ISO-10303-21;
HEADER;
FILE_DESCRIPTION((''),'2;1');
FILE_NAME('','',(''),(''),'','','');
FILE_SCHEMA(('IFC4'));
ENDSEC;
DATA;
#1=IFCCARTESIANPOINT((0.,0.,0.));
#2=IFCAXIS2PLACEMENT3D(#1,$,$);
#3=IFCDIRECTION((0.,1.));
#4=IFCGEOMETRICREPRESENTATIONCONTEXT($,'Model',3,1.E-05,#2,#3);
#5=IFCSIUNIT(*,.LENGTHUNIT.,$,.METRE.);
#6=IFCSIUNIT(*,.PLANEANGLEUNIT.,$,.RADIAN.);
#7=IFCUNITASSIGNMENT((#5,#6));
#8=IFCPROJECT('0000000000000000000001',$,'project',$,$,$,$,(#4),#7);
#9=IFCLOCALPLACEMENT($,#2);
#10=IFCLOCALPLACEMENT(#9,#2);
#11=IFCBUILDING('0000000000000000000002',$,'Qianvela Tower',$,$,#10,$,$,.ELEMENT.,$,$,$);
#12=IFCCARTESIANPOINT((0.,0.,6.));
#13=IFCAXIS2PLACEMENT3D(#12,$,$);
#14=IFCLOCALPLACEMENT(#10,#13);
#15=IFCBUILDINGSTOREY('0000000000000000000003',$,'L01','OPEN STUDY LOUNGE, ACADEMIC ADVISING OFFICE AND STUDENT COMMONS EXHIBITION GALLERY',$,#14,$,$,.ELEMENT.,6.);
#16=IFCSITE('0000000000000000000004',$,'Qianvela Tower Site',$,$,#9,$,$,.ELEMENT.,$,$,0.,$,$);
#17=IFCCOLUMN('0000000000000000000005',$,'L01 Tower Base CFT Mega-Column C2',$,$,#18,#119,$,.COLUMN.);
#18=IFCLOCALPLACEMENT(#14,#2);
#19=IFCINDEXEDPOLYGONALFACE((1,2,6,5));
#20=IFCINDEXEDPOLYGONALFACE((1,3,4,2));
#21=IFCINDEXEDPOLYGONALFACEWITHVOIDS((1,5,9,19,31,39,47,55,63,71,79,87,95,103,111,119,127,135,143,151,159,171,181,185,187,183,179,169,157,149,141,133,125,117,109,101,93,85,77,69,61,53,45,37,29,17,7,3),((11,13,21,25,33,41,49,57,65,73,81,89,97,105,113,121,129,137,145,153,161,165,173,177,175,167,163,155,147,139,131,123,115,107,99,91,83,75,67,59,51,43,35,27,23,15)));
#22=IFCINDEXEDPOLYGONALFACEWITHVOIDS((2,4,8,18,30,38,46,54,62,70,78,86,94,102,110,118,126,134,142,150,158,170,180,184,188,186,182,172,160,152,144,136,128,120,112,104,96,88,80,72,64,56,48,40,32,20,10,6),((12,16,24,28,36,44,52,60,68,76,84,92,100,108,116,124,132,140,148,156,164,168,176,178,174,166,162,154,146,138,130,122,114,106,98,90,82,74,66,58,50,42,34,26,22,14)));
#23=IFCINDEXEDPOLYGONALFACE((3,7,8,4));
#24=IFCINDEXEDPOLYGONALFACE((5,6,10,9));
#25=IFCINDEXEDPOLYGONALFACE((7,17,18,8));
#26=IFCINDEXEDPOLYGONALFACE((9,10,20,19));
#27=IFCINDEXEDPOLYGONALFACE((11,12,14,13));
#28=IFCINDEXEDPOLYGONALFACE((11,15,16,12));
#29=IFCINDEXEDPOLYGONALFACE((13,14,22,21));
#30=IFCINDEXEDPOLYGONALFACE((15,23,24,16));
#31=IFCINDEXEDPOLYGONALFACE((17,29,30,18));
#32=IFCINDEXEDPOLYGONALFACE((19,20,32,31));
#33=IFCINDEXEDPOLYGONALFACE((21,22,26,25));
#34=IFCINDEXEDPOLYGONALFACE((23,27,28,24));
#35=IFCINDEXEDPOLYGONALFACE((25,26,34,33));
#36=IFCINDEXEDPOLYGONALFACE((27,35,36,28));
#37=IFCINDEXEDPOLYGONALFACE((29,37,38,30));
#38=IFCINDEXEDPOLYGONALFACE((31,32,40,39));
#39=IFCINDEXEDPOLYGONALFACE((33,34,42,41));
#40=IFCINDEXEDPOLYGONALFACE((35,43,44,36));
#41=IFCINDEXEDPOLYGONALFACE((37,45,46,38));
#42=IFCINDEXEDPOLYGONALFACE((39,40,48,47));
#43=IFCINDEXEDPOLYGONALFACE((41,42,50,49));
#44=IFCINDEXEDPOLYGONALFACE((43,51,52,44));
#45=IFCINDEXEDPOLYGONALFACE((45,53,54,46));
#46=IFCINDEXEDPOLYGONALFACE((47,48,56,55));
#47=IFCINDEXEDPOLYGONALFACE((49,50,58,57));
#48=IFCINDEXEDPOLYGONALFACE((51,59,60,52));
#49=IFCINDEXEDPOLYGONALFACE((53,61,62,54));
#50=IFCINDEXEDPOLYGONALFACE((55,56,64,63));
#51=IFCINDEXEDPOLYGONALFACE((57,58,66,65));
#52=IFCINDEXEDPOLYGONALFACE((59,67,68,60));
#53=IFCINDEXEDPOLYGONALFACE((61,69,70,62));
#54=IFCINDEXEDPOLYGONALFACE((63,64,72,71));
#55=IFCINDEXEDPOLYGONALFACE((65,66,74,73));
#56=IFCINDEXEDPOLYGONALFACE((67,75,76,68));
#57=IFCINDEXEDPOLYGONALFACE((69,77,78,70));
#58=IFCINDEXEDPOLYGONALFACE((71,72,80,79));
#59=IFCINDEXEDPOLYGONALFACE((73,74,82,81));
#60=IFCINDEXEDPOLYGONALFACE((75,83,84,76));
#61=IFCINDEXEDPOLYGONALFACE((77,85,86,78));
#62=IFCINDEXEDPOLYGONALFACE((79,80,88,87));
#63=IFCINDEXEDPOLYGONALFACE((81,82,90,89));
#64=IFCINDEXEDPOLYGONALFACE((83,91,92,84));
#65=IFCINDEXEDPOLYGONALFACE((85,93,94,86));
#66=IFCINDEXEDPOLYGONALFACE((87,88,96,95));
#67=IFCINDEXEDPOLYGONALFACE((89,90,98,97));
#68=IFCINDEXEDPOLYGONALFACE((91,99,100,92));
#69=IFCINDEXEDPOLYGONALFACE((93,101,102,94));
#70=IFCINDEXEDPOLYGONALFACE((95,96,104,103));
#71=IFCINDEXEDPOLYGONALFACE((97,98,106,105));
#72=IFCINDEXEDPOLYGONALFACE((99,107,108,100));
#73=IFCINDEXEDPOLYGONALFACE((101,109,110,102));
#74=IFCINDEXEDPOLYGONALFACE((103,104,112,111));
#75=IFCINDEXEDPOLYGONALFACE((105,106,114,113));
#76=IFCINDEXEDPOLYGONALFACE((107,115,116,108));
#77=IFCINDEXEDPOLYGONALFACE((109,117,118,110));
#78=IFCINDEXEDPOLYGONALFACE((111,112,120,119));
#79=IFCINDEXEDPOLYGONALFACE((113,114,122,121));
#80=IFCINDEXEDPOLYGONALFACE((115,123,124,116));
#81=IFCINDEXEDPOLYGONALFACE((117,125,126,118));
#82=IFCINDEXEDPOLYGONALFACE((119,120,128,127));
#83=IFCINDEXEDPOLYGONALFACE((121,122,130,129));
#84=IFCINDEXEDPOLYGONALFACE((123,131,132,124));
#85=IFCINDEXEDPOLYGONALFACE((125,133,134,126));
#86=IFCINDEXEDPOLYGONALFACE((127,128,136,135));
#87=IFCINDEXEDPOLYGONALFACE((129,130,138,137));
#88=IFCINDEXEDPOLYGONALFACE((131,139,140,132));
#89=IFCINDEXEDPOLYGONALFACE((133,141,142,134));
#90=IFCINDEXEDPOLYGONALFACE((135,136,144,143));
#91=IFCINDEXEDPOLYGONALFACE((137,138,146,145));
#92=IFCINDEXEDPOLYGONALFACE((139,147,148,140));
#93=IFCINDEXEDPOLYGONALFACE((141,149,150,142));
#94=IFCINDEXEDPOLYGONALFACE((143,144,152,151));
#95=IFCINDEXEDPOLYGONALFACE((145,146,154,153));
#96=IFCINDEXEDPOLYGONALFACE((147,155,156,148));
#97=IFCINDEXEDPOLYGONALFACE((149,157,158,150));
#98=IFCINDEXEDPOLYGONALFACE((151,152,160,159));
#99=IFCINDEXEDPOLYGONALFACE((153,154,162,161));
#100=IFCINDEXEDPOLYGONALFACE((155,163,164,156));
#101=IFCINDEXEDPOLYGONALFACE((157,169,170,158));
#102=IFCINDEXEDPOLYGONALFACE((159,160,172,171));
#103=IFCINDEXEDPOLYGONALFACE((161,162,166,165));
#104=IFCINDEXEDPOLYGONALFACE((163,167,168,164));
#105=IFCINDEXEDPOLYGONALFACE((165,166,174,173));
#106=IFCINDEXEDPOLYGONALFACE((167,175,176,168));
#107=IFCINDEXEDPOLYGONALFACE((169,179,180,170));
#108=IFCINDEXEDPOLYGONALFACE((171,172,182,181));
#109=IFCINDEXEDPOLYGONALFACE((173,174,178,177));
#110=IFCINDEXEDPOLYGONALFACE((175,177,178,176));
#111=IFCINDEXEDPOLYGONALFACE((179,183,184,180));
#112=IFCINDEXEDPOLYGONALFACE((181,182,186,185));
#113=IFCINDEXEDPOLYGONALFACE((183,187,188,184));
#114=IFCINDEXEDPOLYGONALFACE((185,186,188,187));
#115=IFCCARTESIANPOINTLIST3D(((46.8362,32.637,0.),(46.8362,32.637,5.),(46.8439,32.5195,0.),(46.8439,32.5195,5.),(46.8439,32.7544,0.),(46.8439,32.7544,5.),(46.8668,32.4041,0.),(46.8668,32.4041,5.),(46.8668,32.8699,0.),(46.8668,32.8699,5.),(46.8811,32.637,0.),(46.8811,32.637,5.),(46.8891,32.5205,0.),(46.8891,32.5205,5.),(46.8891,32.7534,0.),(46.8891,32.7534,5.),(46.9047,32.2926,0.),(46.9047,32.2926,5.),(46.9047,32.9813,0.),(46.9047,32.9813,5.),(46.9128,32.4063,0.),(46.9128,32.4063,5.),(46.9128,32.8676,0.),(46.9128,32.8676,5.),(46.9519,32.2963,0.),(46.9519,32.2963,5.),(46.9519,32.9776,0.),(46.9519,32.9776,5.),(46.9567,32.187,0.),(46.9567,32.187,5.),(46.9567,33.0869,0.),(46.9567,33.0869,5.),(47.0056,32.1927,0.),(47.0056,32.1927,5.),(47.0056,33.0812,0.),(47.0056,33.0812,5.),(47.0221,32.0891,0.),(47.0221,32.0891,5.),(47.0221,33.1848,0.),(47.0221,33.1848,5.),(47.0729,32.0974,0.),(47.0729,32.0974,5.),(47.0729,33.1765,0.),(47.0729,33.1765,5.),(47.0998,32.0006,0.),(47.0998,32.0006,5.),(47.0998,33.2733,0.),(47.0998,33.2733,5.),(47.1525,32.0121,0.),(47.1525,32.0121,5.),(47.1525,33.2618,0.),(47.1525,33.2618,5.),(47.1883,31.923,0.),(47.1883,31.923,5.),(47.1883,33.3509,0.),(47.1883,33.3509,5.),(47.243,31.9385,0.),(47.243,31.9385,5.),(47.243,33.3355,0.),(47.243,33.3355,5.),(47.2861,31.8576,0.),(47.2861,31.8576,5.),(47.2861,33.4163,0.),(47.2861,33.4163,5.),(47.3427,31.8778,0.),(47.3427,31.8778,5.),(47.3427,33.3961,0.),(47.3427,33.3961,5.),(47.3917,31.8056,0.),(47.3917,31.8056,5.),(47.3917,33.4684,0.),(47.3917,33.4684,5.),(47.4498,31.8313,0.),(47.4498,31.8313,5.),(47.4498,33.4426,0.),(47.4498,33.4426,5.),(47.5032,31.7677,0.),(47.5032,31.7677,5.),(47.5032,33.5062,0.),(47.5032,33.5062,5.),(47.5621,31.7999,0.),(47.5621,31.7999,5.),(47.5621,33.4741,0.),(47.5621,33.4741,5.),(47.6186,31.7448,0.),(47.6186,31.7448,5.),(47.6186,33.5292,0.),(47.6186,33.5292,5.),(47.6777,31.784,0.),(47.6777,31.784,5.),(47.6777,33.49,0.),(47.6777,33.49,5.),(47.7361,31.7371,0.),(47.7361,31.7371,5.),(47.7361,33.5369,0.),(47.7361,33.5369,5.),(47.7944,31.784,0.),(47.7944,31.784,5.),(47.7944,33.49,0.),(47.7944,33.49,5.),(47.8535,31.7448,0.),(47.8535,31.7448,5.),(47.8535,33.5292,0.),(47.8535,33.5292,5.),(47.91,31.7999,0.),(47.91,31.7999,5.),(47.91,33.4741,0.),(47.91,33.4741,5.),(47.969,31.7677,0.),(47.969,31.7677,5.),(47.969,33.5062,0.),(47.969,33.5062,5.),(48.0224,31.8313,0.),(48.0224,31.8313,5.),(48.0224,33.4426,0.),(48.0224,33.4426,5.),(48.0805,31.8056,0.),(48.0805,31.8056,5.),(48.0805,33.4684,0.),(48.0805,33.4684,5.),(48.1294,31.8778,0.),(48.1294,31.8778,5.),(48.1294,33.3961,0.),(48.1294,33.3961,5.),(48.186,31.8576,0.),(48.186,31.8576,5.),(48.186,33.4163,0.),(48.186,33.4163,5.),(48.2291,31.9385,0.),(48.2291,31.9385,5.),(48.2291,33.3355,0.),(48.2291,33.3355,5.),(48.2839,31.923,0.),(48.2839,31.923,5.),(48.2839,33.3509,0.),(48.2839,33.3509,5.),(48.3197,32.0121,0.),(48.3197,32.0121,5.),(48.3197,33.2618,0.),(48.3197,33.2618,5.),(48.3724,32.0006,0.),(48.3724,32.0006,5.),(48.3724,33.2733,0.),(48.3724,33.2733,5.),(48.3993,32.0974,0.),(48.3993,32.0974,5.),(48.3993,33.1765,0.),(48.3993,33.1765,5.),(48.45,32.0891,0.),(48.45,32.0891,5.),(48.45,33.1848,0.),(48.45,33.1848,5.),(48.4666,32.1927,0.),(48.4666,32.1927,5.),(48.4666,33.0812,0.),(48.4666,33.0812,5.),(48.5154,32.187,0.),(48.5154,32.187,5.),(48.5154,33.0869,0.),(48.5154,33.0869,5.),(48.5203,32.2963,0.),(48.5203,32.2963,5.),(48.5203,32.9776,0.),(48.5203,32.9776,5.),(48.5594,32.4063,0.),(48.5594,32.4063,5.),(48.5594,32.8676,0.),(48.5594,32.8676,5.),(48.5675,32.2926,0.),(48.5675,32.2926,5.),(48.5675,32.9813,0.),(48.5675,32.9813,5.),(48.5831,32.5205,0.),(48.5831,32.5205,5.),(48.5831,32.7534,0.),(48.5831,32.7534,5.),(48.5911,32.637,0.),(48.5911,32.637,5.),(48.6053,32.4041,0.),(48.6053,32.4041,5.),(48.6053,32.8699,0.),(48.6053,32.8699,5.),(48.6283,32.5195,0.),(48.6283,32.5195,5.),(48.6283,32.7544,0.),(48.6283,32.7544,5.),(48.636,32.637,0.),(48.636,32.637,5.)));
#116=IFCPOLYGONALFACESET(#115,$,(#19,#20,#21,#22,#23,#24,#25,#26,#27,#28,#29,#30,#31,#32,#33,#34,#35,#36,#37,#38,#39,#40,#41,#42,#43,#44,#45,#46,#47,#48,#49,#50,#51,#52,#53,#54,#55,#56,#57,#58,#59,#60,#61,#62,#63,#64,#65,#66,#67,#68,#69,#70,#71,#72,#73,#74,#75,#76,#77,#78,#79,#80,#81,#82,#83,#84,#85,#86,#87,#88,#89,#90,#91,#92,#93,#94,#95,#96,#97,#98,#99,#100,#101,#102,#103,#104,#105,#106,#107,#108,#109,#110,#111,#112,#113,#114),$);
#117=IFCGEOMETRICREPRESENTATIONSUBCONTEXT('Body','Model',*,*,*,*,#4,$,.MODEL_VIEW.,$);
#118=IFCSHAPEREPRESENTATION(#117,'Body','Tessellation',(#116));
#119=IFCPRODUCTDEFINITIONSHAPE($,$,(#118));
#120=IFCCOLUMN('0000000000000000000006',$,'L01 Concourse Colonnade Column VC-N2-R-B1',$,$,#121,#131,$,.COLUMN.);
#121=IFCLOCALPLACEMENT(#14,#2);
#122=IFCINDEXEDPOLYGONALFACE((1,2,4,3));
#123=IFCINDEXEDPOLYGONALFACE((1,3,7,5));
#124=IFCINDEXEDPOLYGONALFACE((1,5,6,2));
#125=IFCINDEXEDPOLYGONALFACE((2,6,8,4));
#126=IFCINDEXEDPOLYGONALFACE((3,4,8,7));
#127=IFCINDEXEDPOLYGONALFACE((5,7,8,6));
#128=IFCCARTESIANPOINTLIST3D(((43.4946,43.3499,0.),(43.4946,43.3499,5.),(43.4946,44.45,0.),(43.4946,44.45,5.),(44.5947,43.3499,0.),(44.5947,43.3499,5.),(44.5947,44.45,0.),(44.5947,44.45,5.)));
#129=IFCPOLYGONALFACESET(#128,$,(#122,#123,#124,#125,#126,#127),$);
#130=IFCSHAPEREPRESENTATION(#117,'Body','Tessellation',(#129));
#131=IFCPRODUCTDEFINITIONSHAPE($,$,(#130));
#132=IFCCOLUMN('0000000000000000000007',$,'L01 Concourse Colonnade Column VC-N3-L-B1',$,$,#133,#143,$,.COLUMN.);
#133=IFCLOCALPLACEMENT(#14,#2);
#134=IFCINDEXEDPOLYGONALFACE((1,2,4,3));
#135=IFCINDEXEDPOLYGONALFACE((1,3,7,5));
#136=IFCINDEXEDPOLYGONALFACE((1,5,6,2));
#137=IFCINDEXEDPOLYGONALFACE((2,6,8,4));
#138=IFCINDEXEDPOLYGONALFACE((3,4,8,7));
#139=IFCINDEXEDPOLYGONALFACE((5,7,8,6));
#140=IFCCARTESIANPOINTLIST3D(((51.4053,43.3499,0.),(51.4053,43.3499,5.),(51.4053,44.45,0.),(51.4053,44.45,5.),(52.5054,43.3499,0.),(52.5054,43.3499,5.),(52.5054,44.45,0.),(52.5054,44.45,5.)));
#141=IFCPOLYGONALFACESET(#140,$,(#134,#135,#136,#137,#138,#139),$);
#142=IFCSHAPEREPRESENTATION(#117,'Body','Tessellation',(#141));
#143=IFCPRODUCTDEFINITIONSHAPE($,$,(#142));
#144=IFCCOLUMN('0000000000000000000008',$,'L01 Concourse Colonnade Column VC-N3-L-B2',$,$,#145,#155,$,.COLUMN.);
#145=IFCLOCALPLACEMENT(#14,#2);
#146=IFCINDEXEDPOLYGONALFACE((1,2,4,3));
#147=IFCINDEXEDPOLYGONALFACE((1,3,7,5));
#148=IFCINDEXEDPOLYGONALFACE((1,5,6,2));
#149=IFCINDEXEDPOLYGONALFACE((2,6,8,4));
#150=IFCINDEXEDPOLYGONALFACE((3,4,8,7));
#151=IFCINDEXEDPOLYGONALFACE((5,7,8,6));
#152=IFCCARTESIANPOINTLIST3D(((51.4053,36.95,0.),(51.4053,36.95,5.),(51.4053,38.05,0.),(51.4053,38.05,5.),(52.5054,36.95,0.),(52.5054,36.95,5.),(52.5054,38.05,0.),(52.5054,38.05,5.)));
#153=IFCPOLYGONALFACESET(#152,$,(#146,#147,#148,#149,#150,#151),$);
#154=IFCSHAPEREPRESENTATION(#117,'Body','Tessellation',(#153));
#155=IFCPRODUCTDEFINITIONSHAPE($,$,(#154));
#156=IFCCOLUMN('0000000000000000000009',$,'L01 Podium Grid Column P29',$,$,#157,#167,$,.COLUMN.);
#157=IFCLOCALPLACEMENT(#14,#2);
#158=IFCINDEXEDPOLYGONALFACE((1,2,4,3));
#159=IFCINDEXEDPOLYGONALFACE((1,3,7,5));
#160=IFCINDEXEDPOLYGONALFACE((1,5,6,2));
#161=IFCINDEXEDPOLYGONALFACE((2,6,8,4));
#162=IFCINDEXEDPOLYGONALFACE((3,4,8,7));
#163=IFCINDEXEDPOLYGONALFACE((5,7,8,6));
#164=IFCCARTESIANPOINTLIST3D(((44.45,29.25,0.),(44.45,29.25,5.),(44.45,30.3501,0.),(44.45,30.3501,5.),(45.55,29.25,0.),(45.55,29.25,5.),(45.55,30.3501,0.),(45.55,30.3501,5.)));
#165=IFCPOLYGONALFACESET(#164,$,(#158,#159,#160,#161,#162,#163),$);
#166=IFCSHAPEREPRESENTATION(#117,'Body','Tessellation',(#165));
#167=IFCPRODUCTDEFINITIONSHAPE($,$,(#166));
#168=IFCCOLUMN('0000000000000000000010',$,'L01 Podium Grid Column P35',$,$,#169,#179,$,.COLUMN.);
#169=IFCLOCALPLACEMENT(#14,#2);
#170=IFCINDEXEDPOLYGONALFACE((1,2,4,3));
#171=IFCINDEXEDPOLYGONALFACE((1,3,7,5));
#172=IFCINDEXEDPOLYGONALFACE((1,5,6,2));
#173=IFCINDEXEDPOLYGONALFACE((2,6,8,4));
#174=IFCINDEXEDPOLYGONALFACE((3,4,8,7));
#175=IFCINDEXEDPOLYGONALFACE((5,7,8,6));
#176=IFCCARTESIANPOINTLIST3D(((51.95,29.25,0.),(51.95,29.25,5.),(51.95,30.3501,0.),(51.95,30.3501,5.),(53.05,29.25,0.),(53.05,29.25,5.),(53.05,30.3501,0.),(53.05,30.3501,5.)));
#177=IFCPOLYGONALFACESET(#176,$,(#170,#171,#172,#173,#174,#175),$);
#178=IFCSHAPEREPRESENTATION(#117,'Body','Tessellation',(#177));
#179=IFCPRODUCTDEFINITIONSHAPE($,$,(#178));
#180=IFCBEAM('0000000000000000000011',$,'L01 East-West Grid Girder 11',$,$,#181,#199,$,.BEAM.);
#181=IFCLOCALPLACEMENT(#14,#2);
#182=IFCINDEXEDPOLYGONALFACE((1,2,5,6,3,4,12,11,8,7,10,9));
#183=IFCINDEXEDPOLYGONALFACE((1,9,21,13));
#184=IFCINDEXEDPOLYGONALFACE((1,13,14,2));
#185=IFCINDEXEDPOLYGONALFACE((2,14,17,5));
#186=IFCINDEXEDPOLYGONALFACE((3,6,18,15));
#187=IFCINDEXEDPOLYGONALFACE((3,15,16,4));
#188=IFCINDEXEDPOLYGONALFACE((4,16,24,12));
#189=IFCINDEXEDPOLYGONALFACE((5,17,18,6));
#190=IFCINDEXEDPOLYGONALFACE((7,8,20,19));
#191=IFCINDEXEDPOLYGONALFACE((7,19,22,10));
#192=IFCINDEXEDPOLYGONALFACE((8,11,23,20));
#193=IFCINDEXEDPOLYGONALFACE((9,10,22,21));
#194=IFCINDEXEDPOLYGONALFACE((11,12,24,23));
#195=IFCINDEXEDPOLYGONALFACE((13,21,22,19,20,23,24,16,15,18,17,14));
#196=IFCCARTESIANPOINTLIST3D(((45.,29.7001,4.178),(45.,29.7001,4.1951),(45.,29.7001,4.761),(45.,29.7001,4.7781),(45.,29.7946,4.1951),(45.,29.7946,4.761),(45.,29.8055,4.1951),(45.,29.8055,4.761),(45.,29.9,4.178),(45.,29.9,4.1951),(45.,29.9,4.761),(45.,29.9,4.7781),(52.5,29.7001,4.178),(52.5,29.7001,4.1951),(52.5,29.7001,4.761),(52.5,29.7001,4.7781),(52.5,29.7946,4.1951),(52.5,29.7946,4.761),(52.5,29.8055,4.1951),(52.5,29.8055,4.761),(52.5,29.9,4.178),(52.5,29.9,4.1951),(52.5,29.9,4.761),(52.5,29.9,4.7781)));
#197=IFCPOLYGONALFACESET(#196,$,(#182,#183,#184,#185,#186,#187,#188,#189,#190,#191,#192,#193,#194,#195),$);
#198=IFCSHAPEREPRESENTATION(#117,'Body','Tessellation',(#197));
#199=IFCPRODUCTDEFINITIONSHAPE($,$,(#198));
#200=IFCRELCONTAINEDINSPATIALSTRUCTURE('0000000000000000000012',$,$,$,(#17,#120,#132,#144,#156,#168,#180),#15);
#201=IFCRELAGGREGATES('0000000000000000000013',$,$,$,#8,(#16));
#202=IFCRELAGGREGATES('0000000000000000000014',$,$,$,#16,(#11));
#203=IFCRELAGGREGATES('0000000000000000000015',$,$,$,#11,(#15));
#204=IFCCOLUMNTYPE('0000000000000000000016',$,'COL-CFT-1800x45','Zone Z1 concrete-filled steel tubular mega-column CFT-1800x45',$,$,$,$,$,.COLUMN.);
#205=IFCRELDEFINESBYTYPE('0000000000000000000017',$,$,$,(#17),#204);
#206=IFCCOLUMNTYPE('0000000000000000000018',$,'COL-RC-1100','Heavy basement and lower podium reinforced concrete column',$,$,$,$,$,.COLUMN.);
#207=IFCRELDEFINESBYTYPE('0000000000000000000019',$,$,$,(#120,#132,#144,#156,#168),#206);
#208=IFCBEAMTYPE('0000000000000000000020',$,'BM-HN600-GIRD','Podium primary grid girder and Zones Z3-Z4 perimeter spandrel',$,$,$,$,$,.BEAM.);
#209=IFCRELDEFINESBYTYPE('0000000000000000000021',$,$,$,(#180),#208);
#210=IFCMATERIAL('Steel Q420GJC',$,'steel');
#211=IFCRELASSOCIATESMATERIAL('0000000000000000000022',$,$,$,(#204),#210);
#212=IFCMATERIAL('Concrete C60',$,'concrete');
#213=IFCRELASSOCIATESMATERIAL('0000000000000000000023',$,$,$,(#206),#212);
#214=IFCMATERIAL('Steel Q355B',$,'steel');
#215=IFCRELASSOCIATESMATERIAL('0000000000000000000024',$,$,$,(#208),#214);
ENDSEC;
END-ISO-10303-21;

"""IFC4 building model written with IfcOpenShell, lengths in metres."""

from ifc_helpers import new_model, si_unit, direction, frame, origin, origin_2d, place, context, subcontext, project, spatial, rectangle, hollow_circle, i_section, extrude, material, material_profile, profile_set, type_object, element, save


model = new_model("IFC4")

# Units and contexts
model_context = context("Model", 3, precision=1e-05, world=origin(), true_north=direction((0.0, 1.0)))
body_context = subcontext(model_context, "Body", "Model", "MODEL_VIEW")
ifc_project = project(units=[si_unit("LENGTHUNIT", "METRE"), si_unit("PLANEANGLEUNIT", "RADIAN")], contexts=[model_context])

# Site, building, storey
site_placement = place(None, origin())
site = spatial("IfcSite", under=ifc_project, at=site_placement, Name="Qianvela Tower Site", CompositionType="ELEMENT", RefElevation=0.0)
building_placement = place(site_placement, origin())
building = spatial("IfcBuilding", under=site, at=building_placement, Name="Qianvela Tower", CompositionType="ELEMENT")
storey_placement = place(building_placement, frame((0.0, 0.0, 6.0)))
storey = spatial("IfcBuildingStorey", under=building, at=storey_placement, Name="L01", Description="OPEN STUDY LOUNGE, ACADEMIC ADVISING OFFICE AND STUDENT COMMONS EXHIBITION GALLERY", CompositionType="ELEMENT", Elevation=6.0)

# Columns
ifc_material_1 = material(Name="Steel Q420GJC", Category="steel")
ifc_material_profile_1 = material_profile(ifc_material_1, hollow_circle(Radius=0.8999, WallThickness=0.0449, at=origin_2d()), Name="CFT-1800x45")
ifc_profile_set_1 = profile_set([ifc_material_profile_1], Name="Steel Q420GJC")
column_type_1 = type_object("IfcColumnType", Name="COL-CFT-1800x45", Description="Zone Z1 concrete-filled steel tubular mega-column CFT-1800x45", PredefinedType="COLUMN", material=ifc_profile_set_1)
column_placement = place(storey_placement, frame((47.7361, 32.637, 0.0), z_axis=(0.0, 0.0, 1.0), x_axis=(1.0, 0.0, 0.0)))
element("IfcColumn", 1, at=column_placement, inside=storey, type_object=column_type_1, Name="L01 Tower Base CFT Mega-Column C2", PredefinedType="COLUMN", context=body_context, shape_type="SweptSolid", body=[
    extrude(hollow_circle(Radius=0.8999, WallThickness=0.0449, at=origin_2d()), origin(), (0.0, 0.0, 1.0), 5.0),
])
ifc_material_2 = material(Name="Concrete C60", Category="concrete")
ifc_material_profile_2 = material_profile(ifc_material_2, rectangle(XDim=1.1001, YDim=1.1001, at=origin_2d()), Name="RC-COL-1100x1100")
ifc_profile_set_2 = profile_set([ifc_material_profile_2], Name="Concrete C60")
column_type_2 = type_object("IfcColumnType", Name="COL-RC-1100", Description="Heavy basement and lower podium reinforced concrete column", PredefinedType="COLUMN", material=ifc_profile_set_2)
for number, where, z_axis, x_axis, name in (
    (2, (44.0447, 43.8999, 0.0), (0.0, 0.0, 1.0), (1.0, 0.0, 0.0), "L01 Concourse Colonnade Column VC-N2-R-B1"),
    (3, (51.9553, 43.8999, 0.0), (0.0, 0.0, 1.0), (1.0, 0.0, 0.0), "L01 Concourse Colonnade Column VC-N3-L-B1"),
    (4, (51.9553, 37.5, 0.0), (0.0, 0.0, 1.0), (1.0, 0.0, 0.0), "L01 Concourse Colonnade Column VC-N3-L-B2"),
    (5, (45.0, 29.8, 0.0), (0.0, 0.0, 1.0), (1.0, 0.0, 0.0), "L01 Podium Grid Column P29"),
    (6, (52.5, 29.8, 0.0), (0.0, 0.0, 1.0), (1.0, 0.0, 0.0), "L01 Podium Grid Column P35"),
):
    element("IfcColumn", number, at=place(storey_placement, frame(where, z_axis=z_axis, x_axis=x_axis)), inside=storey, type_object=column_type_2, Name=name, PredefinedType="COLUMN", context=body_context, shape_type="SweptSolid", body=[
        extrude(rectangle(XDim=1.1001, YDim=1.1001, at=origin_2d()), origin(), (0.0, 0.0, 1.0), 5.0),
    ])

# Beam
ifc_material_3 = material(Name="Steel Q355B", Category="steel")
ifc_material_profile_3 = material_profile(ifc_material_3, i_section(OverallWidth=0.2, OverallDepth=0.6001, WebThickness=0.011, FlangeThickness=0.0171, at=origin_2d()), Name="HN600x200x11x17")
ifc_profile_set_3 = profile_set([ifc_material_profile_3], Name="Steel Q355B")
beam_type = type_object("IfcBeamType", Name="BM-HN600-GIRD", Description="Podium primary grid girder and Zones Z3-Z4 perimeter spandrel", PredefinedType="BEAM", material=ifc_profile_set_3)
for number, where, z_axis, x_axis, name in (
    (7, (45.0, 29.8, 4.478), (1.0, 0.0, 0.0), (0.0, 1.0, 0.0), "L01 East-West Grid Girder 11"),
):
    element("IfcBeam", number, at=place(storey_placement, frame(where, z_axis=z_axis, x_axis=x_axis)), inside=storey, type_object=beam_type, Name=name, PredefinedType="BEAM", context=body_context, shape_type="SweptSolid", body=[
        extrude(i_section(OverallWidth=0.2, OverallDepth=0.6001, WebThickness=0.011, FlangeThickness=0.0171, at=origin_2d()), origin(), (0.0, 0.0, 1.0), 7.5),
    ])

save(model, "model.ifc")
